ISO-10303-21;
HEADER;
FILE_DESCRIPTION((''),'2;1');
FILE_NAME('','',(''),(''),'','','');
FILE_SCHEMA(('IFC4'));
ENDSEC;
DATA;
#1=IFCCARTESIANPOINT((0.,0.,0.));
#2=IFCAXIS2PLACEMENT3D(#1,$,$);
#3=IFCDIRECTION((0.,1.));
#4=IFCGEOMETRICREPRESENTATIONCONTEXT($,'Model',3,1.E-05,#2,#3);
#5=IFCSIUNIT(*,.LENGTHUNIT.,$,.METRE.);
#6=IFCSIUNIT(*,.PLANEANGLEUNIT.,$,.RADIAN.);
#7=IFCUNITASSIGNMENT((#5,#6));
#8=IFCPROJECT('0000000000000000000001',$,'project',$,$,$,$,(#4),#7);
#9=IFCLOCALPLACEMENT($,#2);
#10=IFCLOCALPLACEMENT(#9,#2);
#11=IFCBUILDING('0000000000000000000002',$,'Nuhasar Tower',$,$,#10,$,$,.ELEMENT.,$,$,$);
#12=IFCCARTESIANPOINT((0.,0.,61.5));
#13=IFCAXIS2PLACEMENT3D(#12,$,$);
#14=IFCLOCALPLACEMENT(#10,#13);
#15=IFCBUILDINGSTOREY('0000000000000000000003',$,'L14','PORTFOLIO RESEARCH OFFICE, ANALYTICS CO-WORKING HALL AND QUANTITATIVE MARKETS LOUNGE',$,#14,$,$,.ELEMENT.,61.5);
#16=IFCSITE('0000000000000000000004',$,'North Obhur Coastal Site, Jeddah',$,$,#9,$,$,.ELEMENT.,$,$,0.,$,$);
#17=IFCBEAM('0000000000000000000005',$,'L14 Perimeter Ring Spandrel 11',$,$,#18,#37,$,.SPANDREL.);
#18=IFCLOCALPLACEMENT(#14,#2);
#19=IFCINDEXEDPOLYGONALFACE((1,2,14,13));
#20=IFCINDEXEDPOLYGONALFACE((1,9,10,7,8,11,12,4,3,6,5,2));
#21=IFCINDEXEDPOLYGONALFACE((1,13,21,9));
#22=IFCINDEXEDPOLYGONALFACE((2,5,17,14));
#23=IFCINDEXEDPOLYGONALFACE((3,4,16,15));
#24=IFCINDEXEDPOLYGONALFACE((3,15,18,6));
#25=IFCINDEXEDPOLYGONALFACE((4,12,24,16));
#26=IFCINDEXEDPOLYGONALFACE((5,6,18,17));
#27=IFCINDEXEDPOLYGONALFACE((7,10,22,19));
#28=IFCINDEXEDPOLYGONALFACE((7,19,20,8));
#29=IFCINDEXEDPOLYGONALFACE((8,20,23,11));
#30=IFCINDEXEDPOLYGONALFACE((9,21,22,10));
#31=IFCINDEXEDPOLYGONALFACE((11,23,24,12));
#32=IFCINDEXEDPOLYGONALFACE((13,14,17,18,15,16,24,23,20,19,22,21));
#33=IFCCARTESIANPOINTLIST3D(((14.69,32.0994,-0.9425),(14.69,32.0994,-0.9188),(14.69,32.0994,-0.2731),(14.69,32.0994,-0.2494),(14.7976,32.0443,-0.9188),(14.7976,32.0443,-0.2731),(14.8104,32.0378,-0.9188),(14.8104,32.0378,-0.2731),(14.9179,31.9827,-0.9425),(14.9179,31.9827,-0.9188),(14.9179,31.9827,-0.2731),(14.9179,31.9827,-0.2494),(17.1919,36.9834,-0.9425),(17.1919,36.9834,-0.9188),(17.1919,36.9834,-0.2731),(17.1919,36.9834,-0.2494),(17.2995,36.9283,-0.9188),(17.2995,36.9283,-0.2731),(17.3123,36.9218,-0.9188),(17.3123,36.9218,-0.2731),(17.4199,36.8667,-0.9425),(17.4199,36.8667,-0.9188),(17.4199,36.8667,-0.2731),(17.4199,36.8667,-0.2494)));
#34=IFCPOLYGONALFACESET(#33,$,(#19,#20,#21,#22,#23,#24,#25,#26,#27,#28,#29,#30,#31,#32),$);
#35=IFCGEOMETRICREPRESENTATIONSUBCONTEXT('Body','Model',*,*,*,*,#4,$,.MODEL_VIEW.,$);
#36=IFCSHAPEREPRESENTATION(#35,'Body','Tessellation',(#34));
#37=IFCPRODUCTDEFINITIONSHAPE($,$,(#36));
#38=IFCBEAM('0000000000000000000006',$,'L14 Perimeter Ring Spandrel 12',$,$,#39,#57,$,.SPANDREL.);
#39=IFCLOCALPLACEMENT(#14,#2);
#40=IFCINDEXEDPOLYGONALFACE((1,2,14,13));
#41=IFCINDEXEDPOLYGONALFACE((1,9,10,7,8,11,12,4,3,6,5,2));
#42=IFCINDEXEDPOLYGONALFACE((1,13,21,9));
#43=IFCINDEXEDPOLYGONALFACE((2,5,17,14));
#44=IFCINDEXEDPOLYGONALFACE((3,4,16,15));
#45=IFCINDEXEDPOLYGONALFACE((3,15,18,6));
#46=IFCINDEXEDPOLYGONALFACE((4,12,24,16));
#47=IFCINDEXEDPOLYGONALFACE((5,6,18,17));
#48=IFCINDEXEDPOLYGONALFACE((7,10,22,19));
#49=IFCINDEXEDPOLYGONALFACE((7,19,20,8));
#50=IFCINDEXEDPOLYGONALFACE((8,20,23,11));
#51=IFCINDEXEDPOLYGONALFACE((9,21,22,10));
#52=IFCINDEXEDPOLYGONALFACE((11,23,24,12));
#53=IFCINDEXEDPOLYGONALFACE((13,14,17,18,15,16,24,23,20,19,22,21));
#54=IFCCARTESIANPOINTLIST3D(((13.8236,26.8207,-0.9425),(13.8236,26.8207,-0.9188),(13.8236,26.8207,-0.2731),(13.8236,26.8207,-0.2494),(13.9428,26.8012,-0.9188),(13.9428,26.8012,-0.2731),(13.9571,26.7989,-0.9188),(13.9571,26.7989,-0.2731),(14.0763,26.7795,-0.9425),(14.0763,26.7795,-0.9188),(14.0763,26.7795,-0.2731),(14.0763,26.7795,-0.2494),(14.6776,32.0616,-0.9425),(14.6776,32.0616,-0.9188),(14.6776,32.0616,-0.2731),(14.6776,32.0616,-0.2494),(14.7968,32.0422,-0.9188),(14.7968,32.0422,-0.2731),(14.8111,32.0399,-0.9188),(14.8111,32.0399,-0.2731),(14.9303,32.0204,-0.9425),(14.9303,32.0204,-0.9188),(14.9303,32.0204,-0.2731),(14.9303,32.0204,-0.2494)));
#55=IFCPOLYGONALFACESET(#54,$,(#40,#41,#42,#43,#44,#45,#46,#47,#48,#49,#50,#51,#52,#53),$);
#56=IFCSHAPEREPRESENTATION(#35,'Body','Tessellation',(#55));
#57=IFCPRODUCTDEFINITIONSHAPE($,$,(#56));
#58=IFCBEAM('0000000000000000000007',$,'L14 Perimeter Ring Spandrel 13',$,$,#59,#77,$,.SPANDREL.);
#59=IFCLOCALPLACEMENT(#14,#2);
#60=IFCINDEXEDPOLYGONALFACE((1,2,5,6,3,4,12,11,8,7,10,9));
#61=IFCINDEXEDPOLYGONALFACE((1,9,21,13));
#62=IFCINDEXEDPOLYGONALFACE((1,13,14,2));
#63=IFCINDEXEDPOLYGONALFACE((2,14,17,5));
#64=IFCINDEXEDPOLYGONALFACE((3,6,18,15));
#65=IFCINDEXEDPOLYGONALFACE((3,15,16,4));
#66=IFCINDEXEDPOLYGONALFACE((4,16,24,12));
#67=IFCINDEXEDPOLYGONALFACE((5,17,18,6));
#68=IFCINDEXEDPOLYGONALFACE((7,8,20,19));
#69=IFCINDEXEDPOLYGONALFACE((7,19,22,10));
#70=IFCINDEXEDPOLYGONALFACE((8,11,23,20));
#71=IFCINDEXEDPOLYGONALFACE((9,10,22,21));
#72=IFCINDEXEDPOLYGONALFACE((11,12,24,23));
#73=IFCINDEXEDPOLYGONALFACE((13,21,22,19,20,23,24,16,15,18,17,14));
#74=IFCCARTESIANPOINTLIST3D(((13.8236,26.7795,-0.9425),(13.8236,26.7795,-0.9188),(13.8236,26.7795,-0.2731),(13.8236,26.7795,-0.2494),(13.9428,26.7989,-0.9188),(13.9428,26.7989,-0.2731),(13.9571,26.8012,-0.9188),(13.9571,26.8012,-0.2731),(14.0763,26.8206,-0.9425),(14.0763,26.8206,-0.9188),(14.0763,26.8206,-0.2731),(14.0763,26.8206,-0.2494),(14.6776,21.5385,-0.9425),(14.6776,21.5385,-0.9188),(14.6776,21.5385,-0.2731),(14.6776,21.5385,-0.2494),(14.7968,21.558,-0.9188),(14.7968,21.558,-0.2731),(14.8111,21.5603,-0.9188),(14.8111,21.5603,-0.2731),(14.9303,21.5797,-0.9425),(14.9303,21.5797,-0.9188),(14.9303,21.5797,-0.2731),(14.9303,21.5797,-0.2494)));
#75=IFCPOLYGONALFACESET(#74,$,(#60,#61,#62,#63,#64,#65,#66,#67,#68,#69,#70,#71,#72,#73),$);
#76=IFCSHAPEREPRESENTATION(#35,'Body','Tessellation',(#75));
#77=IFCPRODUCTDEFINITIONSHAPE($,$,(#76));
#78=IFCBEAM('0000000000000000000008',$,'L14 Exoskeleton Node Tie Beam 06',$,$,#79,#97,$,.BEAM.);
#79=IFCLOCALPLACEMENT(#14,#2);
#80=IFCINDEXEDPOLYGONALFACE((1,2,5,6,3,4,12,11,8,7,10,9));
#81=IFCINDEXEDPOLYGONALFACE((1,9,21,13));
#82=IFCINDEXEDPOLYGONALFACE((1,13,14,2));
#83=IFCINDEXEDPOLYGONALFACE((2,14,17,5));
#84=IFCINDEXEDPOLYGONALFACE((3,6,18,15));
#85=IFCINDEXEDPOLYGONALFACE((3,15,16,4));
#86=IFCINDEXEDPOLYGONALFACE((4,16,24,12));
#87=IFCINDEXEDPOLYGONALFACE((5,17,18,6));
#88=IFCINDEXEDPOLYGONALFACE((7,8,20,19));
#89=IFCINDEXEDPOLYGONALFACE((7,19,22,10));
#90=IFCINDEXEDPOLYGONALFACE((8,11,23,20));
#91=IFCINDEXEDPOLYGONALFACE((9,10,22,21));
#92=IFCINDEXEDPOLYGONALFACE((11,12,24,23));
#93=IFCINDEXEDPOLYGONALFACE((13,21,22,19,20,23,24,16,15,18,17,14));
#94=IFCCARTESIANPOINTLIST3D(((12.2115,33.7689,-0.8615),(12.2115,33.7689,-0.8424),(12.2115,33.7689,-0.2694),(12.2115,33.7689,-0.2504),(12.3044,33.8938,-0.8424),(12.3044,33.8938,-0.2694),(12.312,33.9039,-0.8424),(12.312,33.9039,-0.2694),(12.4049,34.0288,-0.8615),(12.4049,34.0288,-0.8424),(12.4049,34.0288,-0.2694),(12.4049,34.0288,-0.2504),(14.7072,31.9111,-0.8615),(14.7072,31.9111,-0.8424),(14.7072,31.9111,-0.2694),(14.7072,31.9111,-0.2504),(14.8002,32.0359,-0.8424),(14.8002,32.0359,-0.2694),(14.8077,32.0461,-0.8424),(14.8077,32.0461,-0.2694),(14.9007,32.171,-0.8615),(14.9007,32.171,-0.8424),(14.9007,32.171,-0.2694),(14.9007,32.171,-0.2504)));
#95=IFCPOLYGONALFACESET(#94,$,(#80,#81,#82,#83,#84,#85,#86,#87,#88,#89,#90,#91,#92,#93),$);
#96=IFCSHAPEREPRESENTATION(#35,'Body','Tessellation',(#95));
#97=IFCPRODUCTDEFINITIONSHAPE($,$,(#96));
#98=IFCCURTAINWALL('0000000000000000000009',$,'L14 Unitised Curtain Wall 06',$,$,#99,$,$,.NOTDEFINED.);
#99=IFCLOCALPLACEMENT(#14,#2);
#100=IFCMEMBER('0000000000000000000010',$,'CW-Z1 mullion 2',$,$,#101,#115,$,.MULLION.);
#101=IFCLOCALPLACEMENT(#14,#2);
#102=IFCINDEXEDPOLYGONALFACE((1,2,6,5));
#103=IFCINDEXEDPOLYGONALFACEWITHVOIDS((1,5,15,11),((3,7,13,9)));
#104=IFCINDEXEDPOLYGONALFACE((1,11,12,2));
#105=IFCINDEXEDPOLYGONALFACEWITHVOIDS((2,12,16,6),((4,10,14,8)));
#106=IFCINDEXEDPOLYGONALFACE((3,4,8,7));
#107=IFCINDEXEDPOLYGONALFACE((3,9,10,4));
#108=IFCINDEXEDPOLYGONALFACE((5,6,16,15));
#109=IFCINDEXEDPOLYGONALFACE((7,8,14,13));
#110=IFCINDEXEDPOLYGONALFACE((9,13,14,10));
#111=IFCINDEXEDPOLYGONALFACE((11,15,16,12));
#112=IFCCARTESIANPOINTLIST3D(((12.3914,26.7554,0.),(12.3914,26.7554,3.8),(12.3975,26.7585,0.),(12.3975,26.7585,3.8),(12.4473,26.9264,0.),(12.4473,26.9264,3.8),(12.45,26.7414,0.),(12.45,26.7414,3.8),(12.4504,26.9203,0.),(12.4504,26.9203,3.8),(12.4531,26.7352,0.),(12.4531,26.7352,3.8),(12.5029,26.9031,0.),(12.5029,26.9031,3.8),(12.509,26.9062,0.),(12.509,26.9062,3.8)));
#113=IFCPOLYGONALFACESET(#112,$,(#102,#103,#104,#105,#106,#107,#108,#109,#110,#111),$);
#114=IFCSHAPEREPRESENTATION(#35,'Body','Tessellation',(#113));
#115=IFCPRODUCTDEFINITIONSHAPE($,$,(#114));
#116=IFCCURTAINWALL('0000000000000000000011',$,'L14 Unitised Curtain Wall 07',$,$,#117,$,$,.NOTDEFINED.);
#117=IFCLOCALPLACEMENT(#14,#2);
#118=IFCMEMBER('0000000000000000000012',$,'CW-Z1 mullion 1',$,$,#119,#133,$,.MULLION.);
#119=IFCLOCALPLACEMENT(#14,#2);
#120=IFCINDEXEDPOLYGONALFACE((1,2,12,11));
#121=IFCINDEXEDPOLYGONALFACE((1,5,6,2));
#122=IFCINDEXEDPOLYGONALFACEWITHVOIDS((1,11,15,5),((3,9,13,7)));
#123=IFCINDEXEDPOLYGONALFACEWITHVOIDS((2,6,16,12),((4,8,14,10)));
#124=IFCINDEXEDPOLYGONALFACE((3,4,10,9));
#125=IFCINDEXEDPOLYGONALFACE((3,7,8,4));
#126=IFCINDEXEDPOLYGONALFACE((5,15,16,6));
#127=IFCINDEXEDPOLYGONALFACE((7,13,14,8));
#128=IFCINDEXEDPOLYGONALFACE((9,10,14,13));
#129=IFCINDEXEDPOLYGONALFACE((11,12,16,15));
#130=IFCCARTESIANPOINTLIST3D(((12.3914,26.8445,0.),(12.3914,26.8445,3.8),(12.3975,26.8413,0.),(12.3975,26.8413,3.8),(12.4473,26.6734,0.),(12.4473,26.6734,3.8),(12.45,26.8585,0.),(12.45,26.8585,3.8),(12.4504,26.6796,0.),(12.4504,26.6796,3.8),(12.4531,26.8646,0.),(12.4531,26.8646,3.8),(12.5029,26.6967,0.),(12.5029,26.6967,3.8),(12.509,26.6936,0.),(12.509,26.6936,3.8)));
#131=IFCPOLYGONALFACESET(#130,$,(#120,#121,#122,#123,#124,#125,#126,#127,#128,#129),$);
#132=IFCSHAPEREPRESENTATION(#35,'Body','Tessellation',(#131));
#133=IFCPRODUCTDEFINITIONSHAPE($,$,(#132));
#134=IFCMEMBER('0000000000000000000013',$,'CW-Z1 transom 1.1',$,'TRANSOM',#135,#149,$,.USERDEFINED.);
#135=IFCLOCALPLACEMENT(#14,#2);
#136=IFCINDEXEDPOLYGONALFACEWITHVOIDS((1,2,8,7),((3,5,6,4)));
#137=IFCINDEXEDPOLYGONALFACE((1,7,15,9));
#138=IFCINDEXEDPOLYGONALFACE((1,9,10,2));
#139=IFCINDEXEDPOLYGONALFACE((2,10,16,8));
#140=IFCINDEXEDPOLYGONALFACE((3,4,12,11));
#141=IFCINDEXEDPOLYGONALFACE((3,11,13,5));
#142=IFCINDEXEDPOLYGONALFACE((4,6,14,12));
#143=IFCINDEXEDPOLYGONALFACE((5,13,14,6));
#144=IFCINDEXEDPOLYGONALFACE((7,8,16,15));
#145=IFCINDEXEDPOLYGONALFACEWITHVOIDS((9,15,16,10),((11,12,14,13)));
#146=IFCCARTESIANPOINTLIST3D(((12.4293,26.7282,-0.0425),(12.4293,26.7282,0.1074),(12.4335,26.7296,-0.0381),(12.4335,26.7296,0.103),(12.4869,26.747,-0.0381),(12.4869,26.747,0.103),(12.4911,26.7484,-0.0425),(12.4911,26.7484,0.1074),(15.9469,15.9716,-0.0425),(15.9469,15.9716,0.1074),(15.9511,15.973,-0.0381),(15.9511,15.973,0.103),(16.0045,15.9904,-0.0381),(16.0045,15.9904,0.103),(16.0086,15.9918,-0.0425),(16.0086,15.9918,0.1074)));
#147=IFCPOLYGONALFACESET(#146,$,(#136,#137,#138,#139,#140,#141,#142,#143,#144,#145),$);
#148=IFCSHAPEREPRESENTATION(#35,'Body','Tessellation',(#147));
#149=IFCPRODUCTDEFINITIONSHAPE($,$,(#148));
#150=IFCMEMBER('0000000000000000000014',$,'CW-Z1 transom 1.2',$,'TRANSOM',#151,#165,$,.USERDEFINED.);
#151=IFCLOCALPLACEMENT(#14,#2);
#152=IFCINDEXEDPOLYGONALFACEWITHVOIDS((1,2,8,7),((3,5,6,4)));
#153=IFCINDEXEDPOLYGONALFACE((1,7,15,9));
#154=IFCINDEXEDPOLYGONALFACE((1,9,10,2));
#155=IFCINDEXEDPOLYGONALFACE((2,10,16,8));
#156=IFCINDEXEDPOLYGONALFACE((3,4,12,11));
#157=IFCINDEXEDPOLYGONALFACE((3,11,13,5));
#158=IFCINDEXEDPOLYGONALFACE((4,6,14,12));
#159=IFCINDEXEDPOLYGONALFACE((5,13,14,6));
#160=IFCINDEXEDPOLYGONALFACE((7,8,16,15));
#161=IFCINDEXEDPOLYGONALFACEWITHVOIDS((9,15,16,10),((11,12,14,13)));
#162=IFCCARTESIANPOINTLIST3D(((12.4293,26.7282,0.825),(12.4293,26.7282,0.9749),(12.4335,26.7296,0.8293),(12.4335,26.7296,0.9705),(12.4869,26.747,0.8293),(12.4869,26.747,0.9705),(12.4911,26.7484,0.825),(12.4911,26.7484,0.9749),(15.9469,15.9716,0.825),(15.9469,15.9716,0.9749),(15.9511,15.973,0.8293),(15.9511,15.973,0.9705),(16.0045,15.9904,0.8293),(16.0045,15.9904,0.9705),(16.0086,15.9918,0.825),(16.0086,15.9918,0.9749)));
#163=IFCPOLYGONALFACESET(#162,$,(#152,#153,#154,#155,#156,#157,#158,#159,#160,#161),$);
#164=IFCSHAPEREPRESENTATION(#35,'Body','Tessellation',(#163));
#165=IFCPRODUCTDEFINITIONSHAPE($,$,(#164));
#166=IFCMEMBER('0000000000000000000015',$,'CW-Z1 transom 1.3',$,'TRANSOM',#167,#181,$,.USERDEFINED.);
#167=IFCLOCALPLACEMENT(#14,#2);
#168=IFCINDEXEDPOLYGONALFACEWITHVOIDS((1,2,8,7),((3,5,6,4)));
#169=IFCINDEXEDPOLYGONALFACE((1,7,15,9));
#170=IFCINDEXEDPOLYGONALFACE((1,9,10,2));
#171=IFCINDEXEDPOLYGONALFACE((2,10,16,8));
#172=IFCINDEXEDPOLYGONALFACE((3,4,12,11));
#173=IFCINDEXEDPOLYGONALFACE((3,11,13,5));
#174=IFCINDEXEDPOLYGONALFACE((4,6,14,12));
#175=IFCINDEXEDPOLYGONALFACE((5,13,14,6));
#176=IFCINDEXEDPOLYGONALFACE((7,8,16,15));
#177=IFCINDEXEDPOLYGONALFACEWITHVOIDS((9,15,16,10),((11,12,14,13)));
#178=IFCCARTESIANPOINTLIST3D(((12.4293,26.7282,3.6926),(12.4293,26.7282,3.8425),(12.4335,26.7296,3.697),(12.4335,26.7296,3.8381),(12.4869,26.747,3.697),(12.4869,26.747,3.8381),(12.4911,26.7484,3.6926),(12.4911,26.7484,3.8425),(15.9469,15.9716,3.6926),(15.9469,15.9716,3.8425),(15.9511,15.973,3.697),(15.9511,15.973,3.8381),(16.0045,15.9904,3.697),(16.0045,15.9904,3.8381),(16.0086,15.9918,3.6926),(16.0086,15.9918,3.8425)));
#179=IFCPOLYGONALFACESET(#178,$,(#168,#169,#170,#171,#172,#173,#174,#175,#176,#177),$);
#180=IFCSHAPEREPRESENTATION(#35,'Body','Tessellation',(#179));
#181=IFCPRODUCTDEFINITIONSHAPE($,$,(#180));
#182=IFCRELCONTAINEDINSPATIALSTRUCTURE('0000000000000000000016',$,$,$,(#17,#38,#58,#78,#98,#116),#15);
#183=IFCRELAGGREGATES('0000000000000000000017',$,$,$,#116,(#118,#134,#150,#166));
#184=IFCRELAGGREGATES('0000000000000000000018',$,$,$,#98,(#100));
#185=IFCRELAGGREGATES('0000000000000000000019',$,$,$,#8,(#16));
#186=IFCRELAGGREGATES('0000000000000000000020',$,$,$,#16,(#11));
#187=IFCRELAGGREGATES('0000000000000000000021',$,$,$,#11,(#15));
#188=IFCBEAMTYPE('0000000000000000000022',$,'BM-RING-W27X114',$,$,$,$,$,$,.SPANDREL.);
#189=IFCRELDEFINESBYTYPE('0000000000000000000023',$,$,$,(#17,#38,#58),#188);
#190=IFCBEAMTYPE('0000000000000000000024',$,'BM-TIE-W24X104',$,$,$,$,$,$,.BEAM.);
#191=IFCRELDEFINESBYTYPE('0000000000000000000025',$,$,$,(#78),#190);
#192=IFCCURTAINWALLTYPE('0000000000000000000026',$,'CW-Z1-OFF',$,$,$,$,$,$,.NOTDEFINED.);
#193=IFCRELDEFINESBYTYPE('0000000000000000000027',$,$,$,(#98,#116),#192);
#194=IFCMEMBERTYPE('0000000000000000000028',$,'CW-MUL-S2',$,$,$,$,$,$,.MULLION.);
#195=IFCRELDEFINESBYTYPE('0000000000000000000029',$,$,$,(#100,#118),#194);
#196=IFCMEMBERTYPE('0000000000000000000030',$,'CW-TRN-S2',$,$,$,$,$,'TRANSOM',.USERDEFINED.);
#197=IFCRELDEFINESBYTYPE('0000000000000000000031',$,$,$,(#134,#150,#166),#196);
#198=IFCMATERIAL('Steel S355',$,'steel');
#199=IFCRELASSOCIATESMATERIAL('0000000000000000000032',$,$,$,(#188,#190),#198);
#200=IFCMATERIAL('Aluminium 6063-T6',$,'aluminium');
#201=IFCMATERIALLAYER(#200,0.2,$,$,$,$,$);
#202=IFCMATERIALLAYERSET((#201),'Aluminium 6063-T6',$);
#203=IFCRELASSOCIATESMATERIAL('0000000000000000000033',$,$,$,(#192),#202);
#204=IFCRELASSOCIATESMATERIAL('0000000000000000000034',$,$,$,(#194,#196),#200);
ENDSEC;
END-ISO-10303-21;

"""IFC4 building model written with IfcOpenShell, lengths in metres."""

from ifc_helpers import new_model, si_unit, direction, frame, origin, origin_2d, place, context, subcontext, project, spatial, hollow_rectangle, i_section, extrude, material, layer, layer_set, material_profile, profile_set, type_object, element, aggregate, save


model = new_model("IFC4")

# Units and contexts
model_context = context("Model", 3, precision=1e-05, world=origin(), true_north=direction((0.0, 1.0)))
body_context = subcontext(model_context, "Body", "Model", "MODEL_VIEW")
ifc_project = project(units=[si_unit("LENGTHUNIT", "METRE"), si_unit("PLANEANGLEUNIT", "RADIAN")], contexts=[model_context])

# Site, building, storey
site_placement = place(None, origin())
site = spatial("IfcSite", under=ifc_project, at=site_placement, Name="North Obhur Coastal Site, Jeddah", CompositionType="ELEMENT", RefElevation=0.0)
building_placement = place(site_placement, origin())
building = spatial("IfcBuilding", under=site, at=building_placement, Name="Nuhasar Tower", CompositionType="ELEMENT")
storey_placement = place(building_placement, frame((0.0, 0.0, 61.5)))
storey = spatial("IfcBuildingStorey", under=building, at=storey_placement, Name="L14", Description="PORTFOLIO RESEARCH OFFICE, ANALYTICS CO-WORKING HALL AND QUANTITATIVE MARKETS LOUNGE", CompositionType="ELEMENT", Elevation=61.5)

# Beams
ifc_material_1 = material(Name="Steel S355", Category="steel")
ifc_material_profile_1 = material_profile(ifc_material_1, i_section(OverallWidth=0.2561, OverallDepth=0.6931, WebThickness=0.0144, FlangeThickness=0.0237, at=origin_2d()), Name="W27X114")
ifc_profile_set_1 = profile_set([ifc_material_profile_1], Name="Steel S355")
beam_type_1 = type_object("IfcBeamType", Name="BM-RING-W27X114", PredefinedType="SPANDREL", material=ifc_profile_set_1)
beam_1_placement = place(storey_placement, frame((17.3059, 36.925, -0.5959), z_axis=(-0.45593, -0.890016, 0.0), x_axis=(0.890016, -0.45593, 0.0)))
element("IfcBeam", 1, at=beam_1_placement, inside=storey, type_object=beam_type_1, Name="L14 Perimeter Ring Spandrel 11", PredefinedType="SPANDREL", context=body_context, shape_type="SweptSolid", body=[
    extrude(i_section(OverallWidth=0.2561, OverallDepth=0.6931, WebThickness=0.0144, FlangeThickness=0.0237, at=origin_2d()), origin(), (0.0, 0.0, 1.0), 5.4875),
])
for number, where, z_axis, x_axis, name in (
    (2, (14.804, 32.041, -0.5959), (-0.160827, -0.986983, 0.0), (0.986983, -0.160827, 0.0), "L14 Perimeter Ring Spandrel 12"),
    (3, (13.95, 26.8, -0.5959), (0.160827, -0.986983, 0.0), (0.986983, 0.160827, 0.0), "L14 Perimeter Ring Spandrel 13"),
):
    element("IfcBeam", number, at=place(storey_placement, frame(where, z_axis=z_axis, x_axis=x_axis)), inside=storey, type_object=beam_type_1, Name=name, PredefinedType="SPANDREL", context=body_context, shape_type="SweptSolid", body=[
        extrude(i_section(OverallWidth=0.2561, OverallDepth=0.6931, WebThickness=0.0144, FlangeThickness=0.0237, at=origin_2d()), origin(), (0.0, 0.0, 1.0), 5.3101),
    ])
ifc_material_profile_2 = material_profile(ifc_material_1, i_section(OverallWidth=0.324, OverallDepth=0.6111, WebThickness=0.0127, FlangeThickness=0.019, at=origin_2d()), Name="W24X104")
ifc_profile_set_2 = profile_set([ifc_material_profile_2], Name="Steel S355")
beam_type_2 = type_object("IfcBeamType", Name="BM-TIE-W24X104", PredefinedType="BEAM", material=ifc_profile_set_2)
beam_2_placement = place(storey_placement, frame((14.804, 32.041, -0.5559), z_axis=(-0.802151, 0.597121, 0.0), x_axis=(-0.597121, -0.802151, 0.0)))
element("IfcBeam", 4, at=beam_2_placement, inside=storey, type_object=beam_type_2, Name="L14 Exoskeleton Node Tie Beam 06", PredefinedType="BEAM", context=body_context, shape_type="SweptSolid", body=[
    extrude(i_section(OverallWidth=0.324, OverallDepth=0.6111, WebThickness=0.0127, FlangeThickness=0.019, at=origin_2d()), origin(), (0.0, 0.0, 1.0), 3.1113),
])

# Curtain wall, member
ifc_material_2 = material(Name="Aluminium 6063-T6", Category="aluminium")
ifc_layer_1 = layer(ifc_material_2, 0.2)
ifc_layer_set_1 = layer_set([ifc_layer_1], Name="Aluminium 6063-T6")
curtain_wall_type = type_object("IfcCurtainWallType", Name="CW-Z1-OFF", PredefinedType="NOTDEFINED", material=ifc_layer_set_1)
curtain_wall_1_placement = place(storey_placement, origin())
curtain_wall_1 = element("IfcCurtainWall", 5, at=curtain_wall_1_placement, inside=storey, type_object=curtain_wall_type, Name="L14 Unitised Curtain Wall 06", PredefinedType="NOTDEFINED")
ifc_material_profile_3 = material_profile(ifc_material_2, hollow_rectangle(XDim=0.0649, YDim=0.1799, WallThickness=0.0049, at=origin_2d()), Name="CWM-2")
ifc_profile_set_3 = profile_set([ifc_material_profile_3], Name="Aluminium 6063-T6")
member_type_1 = type_object("IfcMemberType", Name="CW-MUL-S2", PredefinedType="MULLION", material=ifc_profile_set_3)
member_1_placement = place(storey_placement, frame((12.4502, 26.8308, 0.0), z_axis=(0.0, 0.0, 1.0), x_axis=(0.950468, -0.310824, 0.0)))
member_1 = element("IfcMember", 6, at=member_1_placement, type_object=member_type_1, Name="CW-Z1 mullion 2", PredefinedType="MULLION", context=body_context, shape_type="SweptSolid", body=[
    extrude(hollow_rectangle(XDim=0.0649, YDim=0.1799, WallThickness=0.0049, at=origin_2d()), origin(), (0.0, 0.0, 1.0), 3.8),
])

# Curtain wall, members
curtain_wall_2_placement = place(storey_placement, origin())
curtain_wall_2 = element("IfcCurtainWall", 7, at=curtain_wall_2_placement, inside=storey, type_object=curtain_wall_type, Name="L14 Unitised Curtain Wall 07", PredefinedType="NOTDEFINED")
member_2_placement = place(storey_placement, frame((12.4502, 26.769, 0.0), z_axis=(0.0, 0.0, 1.0), x_axis=(0.950468, 0.310824, 0.0)))
member_2 = element("IfcMember", 8, at=member_2_placement, type_object=member_type_1, Name="CW-Z1 mullion 1", PredefinedType="MULLION", context=body_context, shape_type="SweptSolid", body=[
    extrude(hollow_rectangle(XDim=0.0649, YDim=0.1799, WallThickness=0.0049, at=origin_2d()), origin(), (0.0, 0.0, 1.0), 3.8),
])
ifc_material_profile_4 = material_profile(ifc_material_2, hollow_rectangle(XDim=0.0649, YDim=0.1499, WallThickness=0.0044, at=origin_2d()), Name="CWT-2")
ifc_profile_set_4 = profile_set([ifc_material_profile_4], Name="Aluminium 6063-T6")
member_type_2 = type_object("IfcMemberType", Name="CW-TRN-S2", ElementType="TRANSOM", PredefinedType="USERDEFINED", material=ifc_profile_set_4)
member_3_placement = place(storey_placement, frame((12.4602, 26.7383, 0.0325), z_axis=(0.310819, -0.950469, 0.0), x_axis=(0.950469, 0.310819, 0.0)))
member_3 = element("IfcMember", 9, at=member_3_placement, type_object=member_type_2, Name="CW-Z1 transom 1.1", ObjectType="TRANSOM", PredefinedType="USERDEFINED", context=body_context, shape_type="SweptSolid", body=[
    extrude(hollow_rectangle(XDim=0.0649, YDim=0.1499, WallThickness=0.0044, at=origin_2d()), origin(), (0.0, 0.0, 1.0), 11.3171),
])
member_4_placement = place(storey_placement, frame((12.4602, 26.7383, 0.8999), z_axis=(0.310819, -0.950469, 0.0), x_axis=(0.950469, 0.310819, 0.0)))
member_4 = element("IfcMember", 10, at=member_4_placement, type_object=member_type_2, Name="CW-Z1 transom 1.2", ObjectType="TRANSOM", PredefinedType="USERDEFINED", context=body_context, shape_type="SweptSolid", body=[
    extrude(hollow_rectangle(XDim=0.0649, YDim=0.1499, WallThickness=0.0044, at=origin_2d()), origin(), (0.0, 0.0, 1.0), 11.3171),
])
member_5_placement = place(storey_placement, frame((12.4602, 26.7383, 3.7676), z_axis=(0.310819, -0.950469, 0.0), x_axis=(0.950469, 0.310819, 0.0)))
member_5 = element("IfcMember", 11, at=member_5_placement, type_object=member_type_2, Name="CW-Z1 transom 1.3", ObjectType="TRANSOM", PredefinedType="USERDEFINED", context=body_context, shape_type="SweptSolid", body=[
    extrude(hollow_rectangle(XDim=0.0649, YDim=0.1499, WallThickness=0.0044, at=origin_2d()), origin(), (0.0, 0.0, 1.0), 11.3171),
])
aggregate(curtain_wall_2, [member_2, member_3, member_4, member_5])

aggregate(curtain_wall_1, [member_1])

save(model, "model.ifc")
